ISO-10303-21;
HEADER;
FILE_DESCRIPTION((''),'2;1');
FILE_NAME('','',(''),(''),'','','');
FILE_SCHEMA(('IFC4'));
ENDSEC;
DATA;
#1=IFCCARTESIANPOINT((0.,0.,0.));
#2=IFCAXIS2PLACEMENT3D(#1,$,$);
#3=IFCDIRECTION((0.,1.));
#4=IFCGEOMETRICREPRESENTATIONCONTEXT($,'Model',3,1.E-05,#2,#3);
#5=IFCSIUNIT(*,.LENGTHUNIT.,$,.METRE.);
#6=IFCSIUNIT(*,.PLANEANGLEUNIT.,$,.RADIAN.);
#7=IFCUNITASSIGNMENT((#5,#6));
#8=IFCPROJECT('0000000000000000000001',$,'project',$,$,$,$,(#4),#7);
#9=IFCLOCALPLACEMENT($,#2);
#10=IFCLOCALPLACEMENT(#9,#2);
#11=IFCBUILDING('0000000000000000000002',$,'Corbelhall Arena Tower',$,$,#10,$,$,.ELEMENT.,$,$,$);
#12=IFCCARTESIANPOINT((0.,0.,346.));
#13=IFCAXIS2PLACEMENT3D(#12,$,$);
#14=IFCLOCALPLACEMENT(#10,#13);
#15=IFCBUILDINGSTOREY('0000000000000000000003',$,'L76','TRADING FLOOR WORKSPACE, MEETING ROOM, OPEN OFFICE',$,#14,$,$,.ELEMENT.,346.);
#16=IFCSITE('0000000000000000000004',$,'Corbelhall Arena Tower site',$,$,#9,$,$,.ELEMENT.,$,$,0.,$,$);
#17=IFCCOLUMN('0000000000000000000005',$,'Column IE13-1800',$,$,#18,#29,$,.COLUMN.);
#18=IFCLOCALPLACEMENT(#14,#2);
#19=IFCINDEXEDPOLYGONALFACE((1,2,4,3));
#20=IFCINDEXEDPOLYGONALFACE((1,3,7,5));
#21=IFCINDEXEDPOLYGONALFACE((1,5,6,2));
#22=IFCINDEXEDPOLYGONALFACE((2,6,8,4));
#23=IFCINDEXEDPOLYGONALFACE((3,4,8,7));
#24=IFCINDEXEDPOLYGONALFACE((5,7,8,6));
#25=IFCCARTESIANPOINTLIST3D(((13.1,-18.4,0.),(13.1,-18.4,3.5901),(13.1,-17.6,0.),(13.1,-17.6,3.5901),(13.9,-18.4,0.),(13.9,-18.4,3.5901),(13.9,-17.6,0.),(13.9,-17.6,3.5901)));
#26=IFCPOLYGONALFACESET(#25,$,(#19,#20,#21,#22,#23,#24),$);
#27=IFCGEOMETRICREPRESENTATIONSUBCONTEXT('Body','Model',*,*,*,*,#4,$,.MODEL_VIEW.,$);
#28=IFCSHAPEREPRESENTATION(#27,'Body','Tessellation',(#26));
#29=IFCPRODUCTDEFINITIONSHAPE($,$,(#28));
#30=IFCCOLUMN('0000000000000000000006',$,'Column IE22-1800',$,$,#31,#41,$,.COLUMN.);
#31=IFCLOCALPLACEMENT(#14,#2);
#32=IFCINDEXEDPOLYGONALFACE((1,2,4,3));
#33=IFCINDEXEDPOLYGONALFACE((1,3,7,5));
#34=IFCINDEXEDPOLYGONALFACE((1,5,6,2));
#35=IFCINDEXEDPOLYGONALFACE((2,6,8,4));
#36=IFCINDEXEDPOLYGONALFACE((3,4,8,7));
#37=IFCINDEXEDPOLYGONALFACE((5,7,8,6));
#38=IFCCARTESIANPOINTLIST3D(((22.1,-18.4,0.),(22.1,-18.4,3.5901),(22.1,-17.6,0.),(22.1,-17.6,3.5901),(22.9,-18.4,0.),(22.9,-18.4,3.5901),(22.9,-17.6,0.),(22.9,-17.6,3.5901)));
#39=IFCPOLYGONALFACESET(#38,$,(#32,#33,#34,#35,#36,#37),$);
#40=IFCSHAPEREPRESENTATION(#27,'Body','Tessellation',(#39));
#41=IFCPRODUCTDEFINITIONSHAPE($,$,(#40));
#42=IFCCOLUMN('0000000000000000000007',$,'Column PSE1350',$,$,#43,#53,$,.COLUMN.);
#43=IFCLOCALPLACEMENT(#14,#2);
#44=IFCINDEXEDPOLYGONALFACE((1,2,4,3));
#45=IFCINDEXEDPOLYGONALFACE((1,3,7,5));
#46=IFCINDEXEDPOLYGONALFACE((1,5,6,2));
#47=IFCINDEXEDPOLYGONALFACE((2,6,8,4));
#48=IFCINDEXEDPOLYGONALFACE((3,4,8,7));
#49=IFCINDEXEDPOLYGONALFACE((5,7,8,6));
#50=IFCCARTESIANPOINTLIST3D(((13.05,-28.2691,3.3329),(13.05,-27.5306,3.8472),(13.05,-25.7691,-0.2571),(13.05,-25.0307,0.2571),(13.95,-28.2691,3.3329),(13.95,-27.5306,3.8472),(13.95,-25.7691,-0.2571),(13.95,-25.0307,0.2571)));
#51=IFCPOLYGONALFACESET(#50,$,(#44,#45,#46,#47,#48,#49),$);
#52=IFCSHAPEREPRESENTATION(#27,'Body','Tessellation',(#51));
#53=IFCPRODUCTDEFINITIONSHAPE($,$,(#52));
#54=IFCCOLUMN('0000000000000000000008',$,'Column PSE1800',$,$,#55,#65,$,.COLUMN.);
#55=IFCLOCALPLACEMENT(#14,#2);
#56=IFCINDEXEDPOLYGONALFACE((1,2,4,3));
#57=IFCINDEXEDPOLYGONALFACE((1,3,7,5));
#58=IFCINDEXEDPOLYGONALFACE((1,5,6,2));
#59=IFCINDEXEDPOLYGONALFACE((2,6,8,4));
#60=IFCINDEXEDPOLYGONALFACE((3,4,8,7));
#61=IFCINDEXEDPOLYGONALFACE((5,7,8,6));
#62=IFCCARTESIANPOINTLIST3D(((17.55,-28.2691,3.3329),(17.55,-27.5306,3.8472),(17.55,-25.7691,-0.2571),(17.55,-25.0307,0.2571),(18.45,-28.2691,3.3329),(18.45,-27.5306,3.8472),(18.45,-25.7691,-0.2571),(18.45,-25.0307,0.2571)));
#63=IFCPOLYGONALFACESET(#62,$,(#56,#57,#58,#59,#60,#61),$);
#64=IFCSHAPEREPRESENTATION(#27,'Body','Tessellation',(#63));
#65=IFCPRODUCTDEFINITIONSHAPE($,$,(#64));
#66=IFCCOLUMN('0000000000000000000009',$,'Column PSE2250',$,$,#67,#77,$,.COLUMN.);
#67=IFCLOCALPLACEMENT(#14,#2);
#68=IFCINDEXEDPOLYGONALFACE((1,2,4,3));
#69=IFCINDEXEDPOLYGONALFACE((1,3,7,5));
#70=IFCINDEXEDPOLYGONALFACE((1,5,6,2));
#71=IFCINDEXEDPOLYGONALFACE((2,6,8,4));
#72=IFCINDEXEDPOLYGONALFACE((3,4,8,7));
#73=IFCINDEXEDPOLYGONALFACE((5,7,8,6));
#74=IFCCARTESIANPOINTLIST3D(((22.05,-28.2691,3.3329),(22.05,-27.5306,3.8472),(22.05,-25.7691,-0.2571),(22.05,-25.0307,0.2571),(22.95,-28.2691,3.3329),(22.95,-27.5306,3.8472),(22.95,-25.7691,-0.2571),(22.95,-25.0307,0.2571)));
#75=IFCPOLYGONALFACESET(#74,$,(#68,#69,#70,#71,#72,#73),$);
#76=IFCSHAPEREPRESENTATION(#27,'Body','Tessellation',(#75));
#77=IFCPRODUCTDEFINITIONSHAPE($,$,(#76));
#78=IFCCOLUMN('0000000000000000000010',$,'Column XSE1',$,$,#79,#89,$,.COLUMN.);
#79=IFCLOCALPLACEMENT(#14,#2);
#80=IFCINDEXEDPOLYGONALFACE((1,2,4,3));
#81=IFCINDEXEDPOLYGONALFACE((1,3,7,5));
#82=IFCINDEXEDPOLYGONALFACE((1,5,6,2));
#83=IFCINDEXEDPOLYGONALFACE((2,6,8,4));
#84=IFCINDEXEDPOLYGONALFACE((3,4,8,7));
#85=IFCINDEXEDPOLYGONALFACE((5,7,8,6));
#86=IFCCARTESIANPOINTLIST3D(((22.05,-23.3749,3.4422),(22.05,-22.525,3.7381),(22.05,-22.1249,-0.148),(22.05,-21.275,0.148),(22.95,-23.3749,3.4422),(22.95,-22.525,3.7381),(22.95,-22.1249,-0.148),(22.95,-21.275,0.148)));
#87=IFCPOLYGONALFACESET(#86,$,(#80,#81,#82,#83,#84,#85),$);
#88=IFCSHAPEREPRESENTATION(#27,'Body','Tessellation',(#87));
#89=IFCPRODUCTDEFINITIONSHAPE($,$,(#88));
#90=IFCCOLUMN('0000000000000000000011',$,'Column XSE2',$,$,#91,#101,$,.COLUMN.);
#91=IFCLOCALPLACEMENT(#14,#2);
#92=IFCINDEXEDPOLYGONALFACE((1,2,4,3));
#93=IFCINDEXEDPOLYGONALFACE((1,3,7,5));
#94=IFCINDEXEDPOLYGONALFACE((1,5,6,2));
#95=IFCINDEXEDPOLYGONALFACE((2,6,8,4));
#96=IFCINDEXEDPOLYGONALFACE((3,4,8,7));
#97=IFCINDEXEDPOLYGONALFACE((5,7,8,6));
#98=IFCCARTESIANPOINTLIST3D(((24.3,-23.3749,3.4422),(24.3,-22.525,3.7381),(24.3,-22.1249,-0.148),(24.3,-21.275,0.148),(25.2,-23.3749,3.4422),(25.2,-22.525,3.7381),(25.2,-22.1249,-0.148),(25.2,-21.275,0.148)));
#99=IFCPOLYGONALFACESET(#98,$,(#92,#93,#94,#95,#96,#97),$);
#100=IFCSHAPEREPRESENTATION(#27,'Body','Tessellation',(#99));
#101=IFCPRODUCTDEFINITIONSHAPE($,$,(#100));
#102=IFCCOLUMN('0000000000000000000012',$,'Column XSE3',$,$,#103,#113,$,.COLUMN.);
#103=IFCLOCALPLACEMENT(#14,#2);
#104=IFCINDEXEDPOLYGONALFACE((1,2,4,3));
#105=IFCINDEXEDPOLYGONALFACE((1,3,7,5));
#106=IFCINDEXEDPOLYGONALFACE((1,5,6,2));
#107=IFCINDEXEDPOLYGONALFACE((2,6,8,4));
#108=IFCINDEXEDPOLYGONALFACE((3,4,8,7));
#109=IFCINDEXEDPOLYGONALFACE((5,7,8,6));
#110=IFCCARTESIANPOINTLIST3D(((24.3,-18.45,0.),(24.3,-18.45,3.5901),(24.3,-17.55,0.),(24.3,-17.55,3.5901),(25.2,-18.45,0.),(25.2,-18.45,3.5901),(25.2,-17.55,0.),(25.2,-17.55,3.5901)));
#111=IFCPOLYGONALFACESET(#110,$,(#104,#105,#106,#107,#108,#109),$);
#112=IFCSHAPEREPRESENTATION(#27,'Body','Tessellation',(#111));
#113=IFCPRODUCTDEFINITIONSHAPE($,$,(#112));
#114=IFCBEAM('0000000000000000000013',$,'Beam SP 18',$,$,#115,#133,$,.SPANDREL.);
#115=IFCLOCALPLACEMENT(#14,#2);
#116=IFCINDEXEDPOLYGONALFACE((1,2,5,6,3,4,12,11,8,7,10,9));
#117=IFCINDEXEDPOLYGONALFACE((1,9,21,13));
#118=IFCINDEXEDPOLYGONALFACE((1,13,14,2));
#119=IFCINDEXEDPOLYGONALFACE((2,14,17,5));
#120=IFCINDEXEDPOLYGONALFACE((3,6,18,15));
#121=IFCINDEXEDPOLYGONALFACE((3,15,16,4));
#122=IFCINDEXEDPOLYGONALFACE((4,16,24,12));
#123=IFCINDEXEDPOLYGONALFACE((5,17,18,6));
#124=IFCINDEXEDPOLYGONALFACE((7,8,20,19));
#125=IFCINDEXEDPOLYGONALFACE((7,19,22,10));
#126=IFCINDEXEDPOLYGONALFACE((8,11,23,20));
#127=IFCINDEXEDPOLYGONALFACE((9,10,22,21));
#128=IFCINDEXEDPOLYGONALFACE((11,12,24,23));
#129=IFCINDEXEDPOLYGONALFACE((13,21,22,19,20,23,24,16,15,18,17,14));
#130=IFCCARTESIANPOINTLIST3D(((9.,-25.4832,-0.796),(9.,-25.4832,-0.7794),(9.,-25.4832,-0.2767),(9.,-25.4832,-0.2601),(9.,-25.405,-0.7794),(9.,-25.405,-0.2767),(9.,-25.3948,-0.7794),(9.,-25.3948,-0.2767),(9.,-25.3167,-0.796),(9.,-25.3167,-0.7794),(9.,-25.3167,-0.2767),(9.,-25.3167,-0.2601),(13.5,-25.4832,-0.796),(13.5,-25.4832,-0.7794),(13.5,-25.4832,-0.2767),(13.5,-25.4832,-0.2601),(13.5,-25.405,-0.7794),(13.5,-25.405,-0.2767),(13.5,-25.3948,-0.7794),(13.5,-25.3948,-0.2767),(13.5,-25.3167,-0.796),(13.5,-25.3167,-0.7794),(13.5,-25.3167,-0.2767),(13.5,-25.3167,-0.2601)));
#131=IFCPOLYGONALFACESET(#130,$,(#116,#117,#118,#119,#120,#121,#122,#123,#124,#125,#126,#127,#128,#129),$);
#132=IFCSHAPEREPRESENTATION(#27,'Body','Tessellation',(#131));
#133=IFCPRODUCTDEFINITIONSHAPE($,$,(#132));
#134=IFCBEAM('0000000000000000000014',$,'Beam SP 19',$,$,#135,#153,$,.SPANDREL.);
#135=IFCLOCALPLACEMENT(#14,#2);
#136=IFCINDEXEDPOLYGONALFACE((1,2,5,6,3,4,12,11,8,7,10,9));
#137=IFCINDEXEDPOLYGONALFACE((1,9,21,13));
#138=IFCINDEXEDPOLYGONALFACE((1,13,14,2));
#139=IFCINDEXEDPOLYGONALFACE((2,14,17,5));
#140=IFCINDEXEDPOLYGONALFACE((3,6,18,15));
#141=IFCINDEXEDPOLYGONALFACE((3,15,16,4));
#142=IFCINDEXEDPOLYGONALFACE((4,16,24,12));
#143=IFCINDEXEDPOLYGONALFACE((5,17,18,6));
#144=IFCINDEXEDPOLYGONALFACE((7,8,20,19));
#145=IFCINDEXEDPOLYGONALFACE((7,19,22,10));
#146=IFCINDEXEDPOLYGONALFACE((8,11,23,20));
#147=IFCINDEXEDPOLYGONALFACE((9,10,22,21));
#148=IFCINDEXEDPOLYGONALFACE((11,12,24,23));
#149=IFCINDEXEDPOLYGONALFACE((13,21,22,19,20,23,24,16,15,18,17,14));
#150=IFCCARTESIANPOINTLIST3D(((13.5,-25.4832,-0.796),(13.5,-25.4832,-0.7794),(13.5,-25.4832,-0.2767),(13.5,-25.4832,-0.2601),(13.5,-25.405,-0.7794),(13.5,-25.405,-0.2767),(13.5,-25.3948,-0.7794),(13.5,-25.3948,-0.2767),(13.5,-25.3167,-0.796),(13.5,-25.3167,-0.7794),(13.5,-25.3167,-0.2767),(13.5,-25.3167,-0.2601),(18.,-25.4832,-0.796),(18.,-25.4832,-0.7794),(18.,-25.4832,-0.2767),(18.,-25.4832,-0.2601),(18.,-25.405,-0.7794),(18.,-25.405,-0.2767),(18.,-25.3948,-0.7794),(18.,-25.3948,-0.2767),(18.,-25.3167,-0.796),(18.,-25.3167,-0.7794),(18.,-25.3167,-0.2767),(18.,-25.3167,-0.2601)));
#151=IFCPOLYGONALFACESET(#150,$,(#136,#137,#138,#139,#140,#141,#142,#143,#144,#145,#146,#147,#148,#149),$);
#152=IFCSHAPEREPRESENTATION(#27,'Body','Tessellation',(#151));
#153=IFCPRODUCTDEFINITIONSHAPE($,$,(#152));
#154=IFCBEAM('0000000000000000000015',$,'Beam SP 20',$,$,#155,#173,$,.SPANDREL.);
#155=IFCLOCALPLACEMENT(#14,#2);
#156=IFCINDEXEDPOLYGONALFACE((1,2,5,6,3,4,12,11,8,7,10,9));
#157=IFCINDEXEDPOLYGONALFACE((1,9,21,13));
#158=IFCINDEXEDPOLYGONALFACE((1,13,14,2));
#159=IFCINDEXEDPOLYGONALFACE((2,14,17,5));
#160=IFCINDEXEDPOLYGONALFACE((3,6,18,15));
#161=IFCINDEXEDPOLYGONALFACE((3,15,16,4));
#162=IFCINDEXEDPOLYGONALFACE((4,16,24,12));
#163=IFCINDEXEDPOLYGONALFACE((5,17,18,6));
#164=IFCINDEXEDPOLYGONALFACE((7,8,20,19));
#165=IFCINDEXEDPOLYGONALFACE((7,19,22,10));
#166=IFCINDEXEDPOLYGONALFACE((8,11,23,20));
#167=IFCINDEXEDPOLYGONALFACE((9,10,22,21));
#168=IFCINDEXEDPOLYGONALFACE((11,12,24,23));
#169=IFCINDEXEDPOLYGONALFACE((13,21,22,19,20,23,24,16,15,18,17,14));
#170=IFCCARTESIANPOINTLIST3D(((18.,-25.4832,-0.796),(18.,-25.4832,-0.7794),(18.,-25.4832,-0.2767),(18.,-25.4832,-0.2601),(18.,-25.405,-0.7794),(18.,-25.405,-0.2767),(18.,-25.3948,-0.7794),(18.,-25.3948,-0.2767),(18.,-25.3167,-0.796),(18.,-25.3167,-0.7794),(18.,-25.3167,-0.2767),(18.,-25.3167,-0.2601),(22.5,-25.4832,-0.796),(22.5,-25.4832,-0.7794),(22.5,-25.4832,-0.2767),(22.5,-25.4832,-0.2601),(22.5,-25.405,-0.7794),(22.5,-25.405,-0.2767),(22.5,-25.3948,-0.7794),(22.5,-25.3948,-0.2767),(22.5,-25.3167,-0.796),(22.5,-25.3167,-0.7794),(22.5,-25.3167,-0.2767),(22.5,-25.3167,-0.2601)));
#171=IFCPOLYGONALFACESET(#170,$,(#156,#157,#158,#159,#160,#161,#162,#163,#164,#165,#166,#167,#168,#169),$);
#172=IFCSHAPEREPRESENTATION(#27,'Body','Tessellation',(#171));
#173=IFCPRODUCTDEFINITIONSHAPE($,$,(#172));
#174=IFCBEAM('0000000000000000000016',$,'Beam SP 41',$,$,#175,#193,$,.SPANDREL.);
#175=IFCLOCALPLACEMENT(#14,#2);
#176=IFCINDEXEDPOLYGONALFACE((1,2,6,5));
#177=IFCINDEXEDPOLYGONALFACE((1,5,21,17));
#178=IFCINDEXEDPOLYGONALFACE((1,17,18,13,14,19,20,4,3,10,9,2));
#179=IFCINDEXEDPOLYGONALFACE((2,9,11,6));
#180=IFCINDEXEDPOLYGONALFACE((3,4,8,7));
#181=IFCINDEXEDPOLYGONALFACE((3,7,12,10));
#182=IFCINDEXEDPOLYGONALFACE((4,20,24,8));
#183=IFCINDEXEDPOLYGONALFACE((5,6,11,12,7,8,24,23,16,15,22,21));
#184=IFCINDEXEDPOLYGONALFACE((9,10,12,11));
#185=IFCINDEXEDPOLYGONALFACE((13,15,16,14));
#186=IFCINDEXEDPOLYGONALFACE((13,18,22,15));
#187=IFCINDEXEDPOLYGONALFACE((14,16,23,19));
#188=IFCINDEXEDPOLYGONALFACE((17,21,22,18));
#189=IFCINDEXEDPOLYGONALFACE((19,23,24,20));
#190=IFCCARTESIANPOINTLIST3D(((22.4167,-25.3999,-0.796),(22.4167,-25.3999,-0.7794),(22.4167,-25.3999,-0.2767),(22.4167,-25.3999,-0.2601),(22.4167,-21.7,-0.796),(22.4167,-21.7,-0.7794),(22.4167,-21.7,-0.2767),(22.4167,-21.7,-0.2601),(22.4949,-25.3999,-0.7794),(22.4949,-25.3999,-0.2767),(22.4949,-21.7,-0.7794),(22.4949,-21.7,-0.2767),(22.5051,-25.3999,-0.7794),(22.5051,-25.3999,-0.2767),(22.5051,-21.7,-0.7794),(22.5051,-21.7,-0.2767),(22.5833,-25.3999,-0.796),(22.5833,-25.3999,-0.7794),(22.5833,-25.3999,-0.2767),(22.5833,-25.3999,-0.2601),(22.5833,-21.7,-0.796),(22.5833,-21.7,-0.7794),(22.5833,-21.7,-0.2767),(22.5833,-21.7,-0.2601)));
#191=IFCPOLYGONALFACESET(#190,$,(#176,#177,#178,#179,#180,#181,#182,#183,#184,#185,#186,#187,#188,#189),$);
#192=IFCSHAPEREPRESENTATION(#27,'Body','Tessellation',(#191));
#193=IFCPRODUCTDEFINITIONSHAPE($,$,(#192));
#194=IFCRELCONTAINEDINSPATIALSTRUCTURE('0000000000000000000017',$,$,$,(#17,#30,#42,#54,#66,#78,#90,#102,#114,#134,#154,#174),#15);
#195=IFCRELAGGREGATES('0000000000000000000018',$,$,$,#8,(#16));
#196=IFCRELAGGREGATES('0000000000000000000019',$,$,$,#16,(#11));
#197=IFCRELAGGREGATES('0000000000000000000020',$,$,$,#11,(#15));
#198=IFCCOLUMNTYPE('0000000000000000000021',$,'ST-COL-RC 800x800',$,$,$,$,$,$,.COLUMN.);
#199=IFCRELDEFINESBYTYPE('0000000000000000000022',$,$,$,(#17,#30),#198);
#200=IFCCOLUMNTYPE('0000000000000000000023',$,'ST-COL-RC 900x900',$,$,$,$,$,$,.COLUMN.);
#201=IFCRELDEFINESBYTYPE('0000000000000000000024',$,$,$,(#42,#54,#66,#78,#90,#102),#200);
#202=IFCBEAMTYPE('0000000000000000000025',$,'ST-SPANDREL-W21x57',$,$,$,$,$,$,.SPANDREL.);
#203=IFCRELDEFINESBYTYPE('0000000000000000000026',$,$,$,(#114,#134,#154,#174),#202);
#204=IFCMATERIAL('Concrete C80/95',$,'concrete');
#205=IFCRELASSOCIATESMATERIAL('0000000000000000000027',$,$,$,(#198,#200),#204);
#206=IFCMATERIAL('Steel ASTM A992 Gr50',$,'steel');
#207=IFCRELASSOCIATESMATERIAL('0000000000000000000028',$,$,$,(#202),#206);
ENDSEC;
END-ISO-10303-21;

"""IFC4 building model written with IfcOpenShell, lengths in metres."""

from ifc_helpers import new_model, si_unit, direction, frame, origin, origin_2d, place, context, subcontext, project, spatial, rectangle, i_section, extrude, material, material_profile, profile_set, type_object, element, save


model = new_model("IFC4")

# Units and contexts
model_context = context("Model", 3, precision=1e-05, world=origin(), true_north=direction((0.0, 1.0)))
body_context = subcontext(model_context, "Body", "Model", "MODEL_VIEW")
ifc_project = project(units=[si_unit("LENGTHUNIT", "METRE"), si_unit("PLANEANGLEUNIT", "RADIAN")], contexts=[model_context])

# Site, building, storey
site_placement = place(None, origin())
site = spatial("IfcSite", under=ifc_project, at=site_placement, Name="Corbelhall Arena Tower site", CompositionType="ELEMENT", RefElevation=0.0)
building_placement = place(site_placement, origin())
building = spatial("IfcBuilding", under=site, at=building_placement, Name="Corbelhall Arena Tower", CompositionType="ELEMENT")
storey_placement = place(building_placement, frame((0.0, 0.0, 346.0)))
storey = spatial("IfcBuildingStorey", under=building, at=storey_placement, Name="L76", Description="TRADING FLOOR WORKSPACE, MEETING ROOM, OPEN OFFICE", CompositionType="ELEMENT", Elevation=346.0)

# Columns
ifc_material_1 = material(Name="Concrete C80/95", Category="concrete")
ifc_material_profile_1 = material_profile(ifc_material_1, rectangle(XDim=0.8, YDim=0.8, at=origin_2d()))
ifc_profile_set_1 = profile_set([ifc_material_profile_1], Name="Concrete C80/95")
column_type_1 = type_object("IfcColumnType", Name="ST-COL-RC 800x800", PredefinedType="COLUMN", material=ifc_profile_set_1)
for number, where, z_axis, x_axis, name in (
    (1, (13.5, -18.0, 0.0), (0.0, 0.0, 1.0), (1.0, 0.0, 0.0), "Column IE13-1800"),
    (2, (22.5, -18.0, 0.0), (0.0, 0.0, 1.0), (1.0, 0.0, 0.0), "Column IE22-1800"),
):
    element("IfcColumn", number, at=place(storey_placement, frame(where, z_axis=z_axis, x_axis=x_axis)), inside=storey, type_object=column_type_1, Name=name, PredefinedType="COLUMN", context=body_context, shape_type="SweptSolid", body=[
        extrude(rectangle(XDim=0.8, YDim=0.8, at=origin_2d()), origin(), (0.0, 0.0, 1.0), 3.5901),
    ])
ifc_material_profile_2 = material_profile(ifc_material_1, rectangle(XDim=0.8999, YDim=0.8999, at=origin_2d()))
ifc_profile_set_2 = profile_set([ifc_material_profile_2], Name="Concrete C80/95")
column_type_2 = type_object("IfcColumnType", Name="ST-COL-RC 900x900", PredefinedType="COLUMN", material=ifc_profile_set_2)
for number, where, z_axis, x_axis, name in (
    (3, (13.5, -25.3999, 0.0), (0.0, -0.571457, 0.820632), (1.0, 0.0, 0.0), "Column PSE1350"),
    (4, (18.0, -25.3999, 0.0), (0.0, -0.571457, 0.820632), (1.0, 0.0, 0.0), "Column PSE1800"),
    (5, (22.5, -25.3999, 0.0), (0.0, -0.571457, 0.820632), (1.0, 0.0, 0.0), "Column PSE2250"),
):
    element("IfcColumn", number, at=place(storey_placement, frame(where, z_axis=z_axis, x_axis=x_axis)), inside=storey, type_object=column_type_2, Name=name, PredefinedType="COLUMN", context=body_context, shape_type="SweptSolid", body=[
        extrude(rectangle(XDim=0.8999, YDim=0.8999, at=origin_2d()), origin(), (0.0, 0.0, 1.0), 4.3748),
    ])
for number, where, z_axis, x_axis, name in (
    (6, (22.5, -21.7, 0.0), (0.0, -0.32882, 0.944393), (1.0, 0.0, 0.0), "Column XSE1"),
    (7, (24.75, -21.7, 0.0), (0.0, -0.32882, 0.944393), (1.0, 0.0, 0.0), "Column XSE2"),
):
    element("IfcColumn", number, at=place(storey_placement, frame(where, z_axis=z_axis, x_axis=x_axis)), inside=storey, type_object=column_type_2, Name=name, PredefinedType="COLUMN", context=body_context, shape_type="SweptSolid", body=[
        extrude(rectangle(XDim=0.8999, YDim=0.8999, at=origin_2d()), origin(), (0.0, 0.0, 1.0), 3.8015),
    ])
column_placement = place(storey_placement, frame((24.75, -18.0, 0.0), z_axis=(0.0, 0.0, 1.0), x_axis=(1.0, 0.0, 0.0)))
element("IfcColumn", 8, at=column_placement, inside=storey, type_object=column_type_2, Name="Column XSE3", PredefinedType="COLUMN", context=body_context, shape_type="SweptSolid", body=[
    extrude(rectangle(XDim=0.8999, YDim=0.8999, at=origin_2d()), origin(), (0.0, 0.0, 1.0), 3.5901),
])

# Beams
ifc_material_2 = material(Name="Steel ASTM A992 Gr50", Category="steel")
ifc_material_profile_3 = material_profile(ifc_material_2, i_section(OverallWidth=0.1665, OverallDepth=0.5359, WebThickness=0.0103, FlangeThickness=0.0166, at=origin_2d()))
ifc_profile_set_3 = profile_set([ifc_material_profile_3], Name="Steel ASTM A992 Gr50")
beam_type = type_object("IfcBeamType", Name="ST-SPANDREL-W21x57", PredefinedType="SPANDREL", material=ifc_profile_set_3)
for number, where, z_axis, x_axis, name in (
    (9, (13.5, -25.3999, -0.5281), (-1.0, 0.0, 0.0), (0.0, -1.0, 0.0), "Beam SP 18"),
    (10, (18.0, -25.3999, -0.5281), (-1.0, 0.0, 0.0), (0.0, -1.0, 0.0), "Beam SP 19"),
    (11, (22.5, -25.3999, -0.5281), (-1.0, 0.0, 0.0), (0.0, -1.0, 0.0), "Beam SP 20"),
):
    element("IfcBeam", number, at=place(storey_placement, frame(where, z_axis=z_axis, x_axis=x_axis)), inside=storey, type_object=beam_type, Name=name, PredefinedType="SPANDREL", context=body_context, shape_type="SweptSolid", body=[
        extrude(i_section(OverallWidth=0.1665, OverallDepth=0.5359, WebThickness=0.0103, FlangeThickness=0.0166, at=origin_2d()), origin(), (0.0, 0.0, 1.0), 4.5),
    ])
beam_1_placement = place(storey_placement, frame((22.5, -21.7, -0.5281), z_axis=(0.0, -1.0, 0.0), x_axis=(1.0, 0.0, 0.0)))
element("IfcBeam", 12, at=beam_1_placement, inside=storey, type_object=beam_type, Name="Beam SP 41", PredefinedType="SPANDREL", context=body_context, shape_type="SweptSolid", body=[
    extrude(i_section(OverallWidth=0.1665, OverallDepth=0.5359, WebThickness=0.0103, FlangeThickness=0.0166, at=origin_2d()), origin(), (0.0, 0.0, 1.0), 3.7),
])

save(model, "model.ifc")
